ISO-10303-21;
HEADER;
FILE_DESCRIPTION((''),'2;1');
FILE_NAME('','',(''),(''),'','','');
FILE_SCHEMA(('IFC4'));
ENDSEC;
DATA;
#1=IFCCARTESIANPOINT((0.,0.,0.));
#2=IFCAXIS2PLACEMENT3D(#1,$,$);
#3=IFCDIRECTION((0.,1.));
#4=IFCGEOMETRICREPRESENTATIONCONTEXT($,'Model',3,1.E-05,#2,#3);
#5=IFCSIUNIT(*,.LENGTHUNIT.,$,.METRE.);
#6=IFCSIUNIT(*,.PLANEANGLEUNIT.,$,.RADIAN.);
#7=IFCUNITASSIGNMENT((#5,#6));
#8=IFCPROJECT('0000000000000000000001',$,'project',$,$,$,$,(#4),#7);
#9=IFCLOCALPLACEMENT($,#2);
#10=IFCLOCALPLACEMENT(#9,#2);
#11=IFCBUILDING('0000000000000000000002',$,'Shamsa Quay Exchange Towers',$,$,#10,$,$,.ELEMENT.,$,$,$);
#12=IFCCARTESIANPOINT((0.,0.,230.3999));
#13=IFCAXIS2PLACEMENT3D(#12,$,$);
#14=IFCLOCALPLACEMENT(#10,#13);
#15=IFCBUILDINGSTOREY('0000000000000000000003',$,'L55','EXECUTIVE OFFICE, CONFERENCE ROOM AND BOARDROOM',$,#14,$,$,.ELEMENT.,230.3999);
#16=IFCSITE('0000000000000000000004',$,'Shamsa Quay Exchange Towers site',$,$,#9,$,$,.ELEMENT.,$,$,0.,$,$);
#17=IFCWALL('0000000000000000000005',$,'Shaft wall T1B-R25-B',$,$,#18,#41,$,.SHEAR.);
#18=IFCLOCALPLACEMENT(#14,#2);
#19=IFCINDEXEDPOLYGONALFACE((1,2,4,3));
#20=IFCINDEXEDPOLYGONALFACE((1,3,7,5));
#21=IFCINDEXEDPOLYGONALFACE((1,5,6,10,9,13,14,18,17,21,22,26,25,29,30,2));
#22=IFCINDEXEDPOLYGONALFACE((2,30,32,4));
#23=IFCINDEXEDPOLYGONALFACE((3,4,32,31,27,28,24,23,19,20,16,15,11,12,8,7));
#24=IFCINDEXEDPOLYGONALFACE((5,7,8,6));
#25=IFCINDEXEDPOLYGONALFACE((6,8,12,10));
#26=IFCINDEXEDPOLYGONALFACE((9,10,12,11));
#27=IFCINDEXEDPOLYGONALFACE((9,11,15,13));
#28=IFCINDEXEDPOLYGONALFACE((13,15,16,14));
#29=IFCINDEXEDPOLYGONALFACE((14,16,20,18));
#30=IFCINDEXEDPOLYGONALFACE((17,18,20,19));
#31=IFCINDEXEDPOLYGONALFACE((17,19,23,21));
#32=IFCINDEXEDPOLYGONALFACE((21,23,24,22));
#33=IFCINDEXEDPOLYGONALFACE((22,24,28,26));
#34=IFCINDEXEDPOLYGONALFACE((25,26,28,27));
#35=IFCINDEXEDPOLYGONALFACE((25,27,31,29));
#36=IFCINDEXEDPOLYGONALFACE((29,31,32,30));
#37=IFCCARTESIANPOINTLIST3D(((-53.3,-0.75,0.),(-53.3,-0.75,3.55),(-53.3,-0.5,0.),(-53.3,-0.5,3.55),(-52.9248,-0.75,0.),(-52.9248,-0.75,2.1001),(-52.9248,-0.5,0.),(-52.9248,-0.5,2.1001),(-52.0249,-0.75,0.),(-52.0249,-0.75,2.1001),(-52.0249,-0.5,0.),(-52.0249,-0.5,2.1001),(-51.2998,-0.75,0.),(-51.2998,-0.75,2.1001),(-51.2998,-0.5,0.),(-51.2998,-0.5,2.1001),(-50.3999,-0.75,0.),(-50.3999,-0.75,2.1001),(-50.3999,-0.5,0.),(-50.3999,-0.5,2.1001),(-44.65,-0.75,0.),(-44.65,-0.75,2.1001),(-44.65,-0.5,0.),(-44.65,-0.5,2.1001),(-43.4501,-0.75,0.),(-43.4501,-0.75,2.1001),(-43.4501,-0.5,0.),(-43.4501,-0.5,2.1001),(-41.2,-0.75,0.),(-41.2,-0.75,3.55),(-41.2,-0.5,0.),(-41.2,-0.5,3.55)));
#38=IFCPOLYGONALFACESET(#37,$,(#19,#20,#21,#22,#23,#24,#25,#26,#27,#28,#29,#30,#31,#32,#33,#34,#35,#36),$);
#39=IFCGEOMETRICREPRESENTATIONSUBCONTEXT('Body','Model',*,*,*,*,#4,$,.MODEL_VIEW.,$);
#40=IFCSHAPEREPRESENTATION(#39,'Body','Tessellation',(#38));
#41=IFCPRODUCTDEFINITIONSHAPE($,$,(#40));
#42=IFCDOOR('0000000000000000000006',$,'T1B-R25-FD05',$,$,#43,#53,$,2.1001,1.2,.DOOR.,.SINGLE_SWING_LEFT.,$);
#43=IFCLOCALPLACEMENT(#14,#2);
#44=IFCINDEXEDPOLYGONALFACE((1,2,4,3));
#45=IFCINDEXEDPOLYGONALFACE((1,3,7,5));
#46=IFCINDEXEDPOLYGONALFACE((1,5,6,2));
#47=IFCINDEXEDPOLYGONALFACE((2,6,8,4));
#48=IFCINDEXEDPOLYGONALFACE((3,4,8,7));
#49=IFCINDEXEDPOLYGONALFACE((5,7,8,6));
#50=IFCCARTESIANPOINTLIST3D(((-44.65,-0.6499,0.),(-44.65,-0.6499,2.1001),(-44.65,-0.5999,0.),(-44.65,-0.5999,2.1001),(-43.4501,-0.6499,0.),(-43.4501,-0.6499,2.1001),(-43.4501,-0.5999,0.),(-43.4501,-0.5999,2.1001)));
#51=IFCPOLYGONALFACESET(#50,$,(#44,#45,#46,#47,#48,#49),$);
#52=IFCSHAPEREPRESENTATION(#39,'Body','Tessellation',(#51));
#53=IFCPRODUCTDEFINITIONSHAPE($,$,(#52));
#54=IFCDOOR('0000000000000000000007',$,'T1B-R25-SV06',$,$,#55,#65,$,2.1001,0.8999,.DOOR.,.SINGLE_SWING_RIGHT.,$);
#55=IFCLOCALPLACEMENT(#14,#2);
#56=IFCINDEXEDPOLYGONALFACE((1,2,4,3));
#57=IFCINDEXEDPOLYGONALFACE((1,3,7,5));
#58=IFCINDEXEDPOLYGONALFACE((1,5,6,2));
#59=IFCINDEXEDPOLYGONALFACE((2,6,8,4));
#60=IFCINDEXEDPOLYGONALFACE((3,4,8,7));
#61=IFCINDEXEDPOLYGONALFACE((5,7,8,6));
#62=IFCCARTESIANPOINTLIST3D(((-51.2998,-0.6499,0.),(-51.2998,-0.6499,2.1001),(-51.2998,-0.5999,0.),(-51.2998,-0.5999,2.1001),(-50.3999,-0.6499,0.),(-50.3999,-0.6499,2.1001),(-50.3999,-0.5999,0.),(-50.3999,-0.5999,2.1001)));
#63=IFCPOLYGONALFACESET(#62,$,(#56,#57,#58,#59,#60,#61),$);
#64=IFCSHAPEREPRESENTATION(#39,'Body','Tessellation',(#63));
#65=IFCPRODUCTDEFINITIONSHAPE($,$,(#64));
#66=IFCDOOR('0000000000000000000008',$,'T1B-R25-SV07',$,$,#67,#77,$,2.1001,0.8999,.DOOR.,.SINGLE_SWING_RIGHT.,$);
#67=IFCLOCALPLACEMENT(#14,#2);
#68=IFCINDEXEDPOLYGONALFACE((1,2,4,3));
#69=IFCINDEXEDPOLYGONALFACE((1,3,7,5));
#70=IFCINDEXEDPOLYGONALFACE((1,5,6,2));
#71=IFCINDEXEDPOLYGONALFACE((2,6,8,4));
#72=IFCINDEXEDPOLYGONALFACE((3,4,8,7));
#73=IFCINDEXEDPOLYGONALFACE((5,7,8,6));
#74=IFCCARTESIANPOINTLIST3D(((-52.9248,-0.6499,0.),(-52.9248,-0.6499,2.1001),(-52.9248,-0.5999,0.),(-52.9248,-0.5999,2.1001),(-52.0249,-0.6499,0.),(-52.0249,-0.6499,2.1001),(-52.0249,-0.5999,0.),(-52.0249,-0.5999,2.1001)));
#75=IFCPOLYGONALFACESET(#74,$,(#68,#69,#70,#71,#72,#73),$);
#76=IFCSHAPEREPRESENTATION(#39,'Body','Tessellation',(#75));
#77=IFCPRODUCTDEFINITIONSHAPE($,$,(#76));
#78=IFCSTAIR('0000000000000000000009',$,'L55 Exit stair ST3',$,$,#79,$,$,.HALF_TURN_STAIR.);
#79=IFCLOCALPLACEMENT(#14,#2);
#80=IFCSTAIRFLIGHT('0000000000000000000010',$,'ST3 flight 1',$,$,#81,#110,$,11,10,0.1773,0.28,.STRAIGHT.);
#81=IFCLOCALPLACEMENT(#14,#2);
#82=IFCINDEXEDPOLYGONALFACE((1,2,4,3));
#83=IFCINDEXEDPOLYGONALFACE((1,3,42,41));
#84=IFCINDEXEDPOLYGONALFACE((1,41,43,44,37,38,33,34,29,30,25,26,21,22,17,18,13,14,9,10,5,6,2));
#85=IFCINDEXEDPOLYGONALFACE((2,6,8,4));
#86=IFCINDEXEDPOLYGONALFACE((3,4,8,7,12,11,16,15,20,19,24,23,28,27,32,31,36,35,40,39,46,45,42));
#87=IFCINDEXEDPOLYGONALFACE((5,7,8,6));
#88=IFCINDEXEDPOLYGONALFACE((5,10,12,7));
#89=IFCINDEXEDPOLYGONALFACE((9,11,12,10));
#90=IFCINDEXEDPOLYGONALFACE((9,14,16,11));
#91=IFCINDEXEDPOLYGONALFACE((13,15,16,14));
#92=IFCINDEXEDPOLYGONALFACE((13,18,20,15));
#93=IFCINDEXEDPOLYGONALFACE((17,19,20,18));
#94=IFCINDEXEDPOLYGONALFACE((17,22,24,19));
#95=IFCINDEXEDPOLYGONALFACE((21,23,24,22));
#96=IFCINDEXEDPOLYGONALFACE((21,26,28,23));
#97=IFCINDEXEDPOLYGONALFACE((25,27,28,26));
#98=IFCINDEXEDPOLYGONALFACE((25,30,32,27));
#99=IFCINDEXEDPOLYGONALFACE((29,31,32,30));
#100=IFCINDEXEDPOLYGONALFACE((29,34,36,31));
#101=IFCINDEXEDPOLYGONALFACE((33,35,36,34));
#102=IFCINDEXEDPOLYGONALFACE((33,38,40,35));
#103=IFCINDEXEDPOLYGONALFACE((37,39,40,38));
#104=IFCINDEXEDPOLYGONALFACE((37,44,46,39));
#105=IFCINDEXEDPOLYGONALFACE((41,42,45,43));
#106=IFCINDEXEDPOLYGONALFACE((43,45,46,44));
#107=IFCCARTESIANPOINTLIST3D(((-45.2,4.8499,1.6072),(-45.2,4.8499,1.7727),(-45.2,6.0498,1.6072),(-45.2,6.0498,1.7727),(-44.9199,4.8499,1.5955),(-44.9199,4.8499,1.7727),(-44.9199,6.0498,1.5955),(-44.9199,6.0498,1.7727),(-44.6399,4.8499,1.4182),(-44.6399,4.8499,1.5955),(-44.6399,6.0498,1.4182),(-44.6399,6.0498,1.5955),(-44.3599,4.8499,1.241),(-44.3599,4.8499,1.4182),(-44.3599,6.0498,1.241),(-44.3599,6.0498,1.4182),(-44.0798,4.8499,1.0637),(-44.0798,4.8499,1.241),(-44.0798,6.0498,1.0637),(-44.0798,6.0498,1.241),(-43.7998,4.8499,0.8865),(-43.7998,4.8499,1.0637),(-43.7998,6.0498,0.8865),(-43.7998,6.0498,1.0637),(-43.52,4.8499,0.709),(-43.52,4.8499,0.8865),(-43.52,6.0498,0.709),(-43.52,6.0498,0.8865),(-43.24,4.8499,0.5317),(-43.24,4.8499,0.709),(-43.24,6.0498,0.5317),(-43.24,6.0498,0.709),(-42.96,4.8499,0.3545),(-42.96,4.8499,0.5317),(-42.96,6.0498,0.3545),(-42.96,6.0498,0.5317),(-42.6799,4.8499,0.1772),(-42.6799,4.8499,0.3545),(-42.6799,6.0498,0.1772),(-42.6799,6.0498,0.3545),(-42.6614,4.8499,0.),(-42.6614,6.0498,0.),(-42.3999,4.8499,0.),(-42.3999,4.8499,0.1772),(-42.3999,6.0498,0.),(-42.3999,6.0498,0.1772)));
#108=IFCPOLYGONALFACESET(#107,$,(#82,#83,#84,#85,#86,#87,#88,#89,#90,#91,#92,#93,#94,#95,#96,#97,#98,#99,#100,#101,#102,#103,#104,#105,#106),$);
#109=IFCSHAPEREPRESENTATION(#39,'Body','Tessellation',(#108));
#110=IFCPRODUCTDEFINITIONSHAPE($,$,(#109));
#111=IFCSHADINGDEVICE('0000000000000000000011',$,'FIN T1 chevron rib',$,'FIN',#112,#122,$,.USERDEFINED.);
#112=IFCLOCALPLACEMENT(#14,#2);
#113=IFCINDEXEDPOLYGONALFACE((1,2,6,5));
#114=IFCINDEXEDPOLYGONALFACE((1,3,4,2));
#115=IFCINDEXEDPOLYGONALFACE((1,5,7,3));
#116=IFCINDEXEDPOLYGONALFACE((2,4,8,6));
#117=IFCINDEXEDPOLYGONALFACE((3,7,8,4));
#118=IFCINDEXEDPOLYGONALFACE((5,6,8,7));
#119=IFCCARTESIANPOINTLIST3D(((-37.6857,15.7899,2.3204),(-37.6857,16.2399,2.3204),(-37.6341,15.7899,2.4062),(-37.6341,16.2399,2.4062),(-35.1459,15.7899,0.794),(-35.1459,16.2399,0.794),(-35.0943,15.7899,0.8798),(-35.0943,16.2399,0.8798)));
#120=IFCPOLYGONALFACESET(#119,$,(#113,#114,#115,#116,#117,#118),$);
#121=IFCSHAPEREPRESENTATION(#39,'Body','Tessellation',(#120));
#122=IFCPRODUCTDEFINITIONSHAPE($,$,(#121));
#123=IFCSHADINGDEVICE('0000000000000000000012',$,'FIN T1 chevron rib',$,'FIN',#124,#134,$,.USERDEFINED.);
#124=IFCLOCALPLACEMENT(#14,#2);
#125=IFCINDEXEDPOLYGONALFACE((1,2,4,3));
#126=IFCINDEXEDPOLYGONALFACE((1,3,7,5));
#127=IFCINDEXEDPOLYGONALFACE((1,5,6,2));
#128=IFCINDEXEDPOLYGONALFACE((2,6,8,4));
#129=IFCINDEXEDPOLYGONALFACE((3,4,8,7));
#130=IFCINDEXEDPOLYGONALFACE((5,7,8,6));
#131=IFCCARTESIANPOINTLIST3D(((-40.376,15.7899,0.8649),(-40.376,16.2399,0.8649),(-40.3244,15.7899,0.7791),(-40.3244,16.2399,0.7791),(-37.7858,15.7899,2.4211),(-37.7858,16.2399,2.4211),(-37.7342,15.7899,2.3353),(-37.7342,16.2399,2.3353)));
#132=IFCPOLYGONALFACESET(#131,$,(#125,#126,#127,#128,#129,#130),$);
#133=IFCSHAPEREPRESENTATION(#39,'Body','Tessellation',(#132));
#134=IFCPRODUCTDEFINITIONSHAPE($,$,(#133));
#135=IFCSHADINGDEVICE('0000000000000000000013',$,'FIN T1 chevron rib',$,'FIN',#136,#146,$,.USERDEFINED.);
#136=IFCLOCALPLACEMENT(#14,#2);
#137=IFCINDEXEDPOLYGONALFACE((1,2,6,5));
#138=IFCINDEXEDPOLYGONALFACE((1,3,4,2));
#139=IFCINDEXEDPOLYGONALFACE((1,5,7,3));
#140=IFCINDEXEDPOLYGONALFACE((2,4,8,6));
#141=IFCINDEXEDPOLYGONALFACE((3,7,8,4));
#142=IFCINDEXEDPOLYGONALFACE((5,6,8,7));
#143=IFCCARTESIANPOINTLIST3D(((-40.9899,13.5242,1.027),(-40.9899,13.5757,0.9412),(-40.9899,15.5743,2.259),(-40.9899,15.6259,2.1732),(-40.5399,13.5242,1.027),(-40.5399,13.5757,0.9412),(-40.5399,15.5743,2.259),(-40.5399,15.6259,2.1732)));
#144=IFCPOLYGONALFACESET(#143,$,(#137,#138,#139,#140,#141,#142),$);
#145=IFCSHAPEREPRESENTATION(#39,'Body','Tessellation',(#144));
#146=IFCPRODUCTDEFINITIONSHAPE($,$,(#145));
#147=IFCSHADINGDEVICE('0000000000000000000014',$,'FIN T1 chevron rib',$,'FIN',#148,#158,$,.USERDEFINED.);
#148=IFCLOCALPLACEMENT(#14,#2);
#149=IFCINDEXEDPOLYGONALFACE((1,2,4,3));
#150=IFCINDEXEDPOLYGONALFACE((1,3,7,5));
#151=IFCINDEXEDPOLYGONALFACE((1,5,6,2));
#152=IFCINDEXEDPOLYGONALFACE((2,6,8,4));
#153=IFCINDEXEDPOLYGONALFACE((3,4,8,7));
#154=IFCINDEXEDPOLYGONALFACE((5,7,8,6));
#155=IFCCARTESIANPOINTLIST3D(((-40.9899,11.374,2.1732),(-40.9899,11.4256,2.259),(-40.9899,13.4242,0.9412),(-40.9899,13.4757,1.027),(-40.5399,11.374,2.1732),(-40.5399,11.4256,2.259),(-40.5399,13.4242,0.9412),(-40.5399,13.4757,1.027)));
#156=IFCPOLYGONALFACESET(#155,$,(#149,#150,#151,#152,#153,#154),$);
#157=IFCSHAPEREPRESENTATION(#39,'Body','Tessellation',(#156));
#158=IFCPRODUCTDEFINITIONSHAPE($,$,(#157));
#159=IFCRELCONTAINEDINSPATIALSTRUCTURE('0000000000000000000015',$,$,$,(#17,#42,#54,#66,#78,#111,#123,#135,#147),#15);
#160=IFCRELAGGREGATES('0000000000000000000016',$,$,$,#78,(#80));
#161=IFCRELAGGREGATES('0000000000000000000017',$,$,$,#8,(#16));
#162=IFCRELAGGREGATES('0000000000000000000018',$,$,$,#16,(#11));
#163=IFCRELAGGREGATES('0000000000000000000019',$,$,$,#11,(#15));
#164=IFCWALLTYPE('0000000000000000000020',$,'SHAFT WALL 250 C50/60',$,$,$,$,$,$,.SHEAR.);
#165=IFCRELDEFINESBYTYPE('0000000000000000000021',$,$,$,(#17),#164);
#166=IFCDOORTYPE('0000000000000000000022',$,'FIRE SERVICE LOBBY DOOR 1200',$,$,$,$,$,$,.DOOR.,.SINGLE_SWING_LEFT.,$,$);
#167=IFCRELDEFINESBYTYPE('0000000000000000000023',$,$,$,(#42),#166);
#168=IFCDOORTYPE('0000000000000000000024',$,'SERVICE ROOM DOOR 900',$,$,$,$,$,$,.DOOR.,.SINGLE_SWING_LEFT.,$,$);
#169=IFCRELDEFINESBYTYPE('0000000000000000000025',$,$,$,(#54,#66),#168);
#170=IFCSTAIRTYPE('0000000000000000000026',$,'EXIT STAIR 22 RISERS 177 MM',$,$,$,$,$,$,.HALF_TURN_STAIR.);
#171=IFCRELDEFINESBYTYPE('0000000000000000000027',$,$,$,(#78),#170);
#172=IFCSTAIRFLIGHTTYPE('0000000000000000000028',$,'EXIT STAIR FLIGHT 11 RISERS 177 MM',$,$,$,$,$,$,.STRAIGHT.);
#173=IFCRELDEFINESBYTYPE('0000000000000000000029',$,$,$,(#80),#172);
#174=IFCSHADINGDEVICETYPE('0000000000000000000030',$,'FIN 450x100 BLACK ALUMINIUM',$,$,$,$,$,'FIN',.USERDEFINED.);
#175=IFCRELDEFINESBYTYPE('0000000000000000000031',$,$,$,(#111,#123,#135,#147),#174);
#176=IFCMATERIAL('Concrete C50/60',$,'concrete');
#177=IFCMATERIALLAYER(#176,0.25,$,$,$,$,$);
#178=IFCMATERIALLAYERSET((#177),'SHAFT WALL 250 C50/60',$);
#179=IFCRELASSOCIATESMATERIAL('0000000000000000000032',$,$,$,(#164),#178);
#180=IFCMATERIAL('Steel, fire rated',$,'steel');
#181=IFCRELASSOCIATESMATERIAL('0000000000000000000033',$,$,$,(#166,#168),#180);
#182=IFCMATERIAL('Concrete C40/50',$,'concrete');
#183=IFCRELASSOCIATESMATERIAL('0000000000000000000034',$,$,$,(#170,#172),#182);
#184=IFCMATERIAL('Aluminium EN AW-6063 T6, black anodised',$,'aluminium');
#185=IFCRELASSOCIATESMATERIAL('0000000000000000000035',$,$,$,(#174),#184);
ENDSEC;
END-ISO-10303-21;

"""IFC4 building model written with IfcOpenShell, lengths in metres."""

from ifc_helpers import new_model, si_unit, direction, frame, frame_2d, origin, origin_2d, place, context, subcontext, project, spatial, polyline, rectangle, outline, extrude, material, layer, layer_set, material_profile, profile_set, type_object, element, fill, aggregate, save


model = new_model("IFC4")

# Units and contexts
model_context = context("Model", 3, precision=1e-05, world=origin(), true_north=direction((0.0, 1.0)))
body_context = subcontext(model_context, "Body", "Model", "MODEL_VIEW")
ifc_project = project(units=[si_unit("LENGTHUNIT", "METRE"), si_unit("PLANEANGLEUNIT", "RADIAN")], contexts=[model_context])

# Site, building, storey
site_placement = place(None, origin())
site = spatial("IfcSite", under=ifc_project, at=site_placement, Name="Shamsa Quay Exchange Towers site", CompositionType="ELEMENT", RefElevation=0.0)
building_placement = place(site_placement, origin())
building = spatial("IfcBuilding", under=site, at=building_placement, Name="Shamsa Quay Exchange Towers", CompositionType="ELEMENT")
storey_placement = place(building_placement, frame((0.0, 0.0, 230.3999)))
storey = spatial("IfcBuildingStorey", under=building, at=storey_placement, Name="L55", Description="EXECUTIVE OFFICE, CONFERENCE ROOM AND BOARDROOM", CompositionType="ELEMENT", Elevation=230.3999)

# Shared definitions
ifc_material_1 = material(Name="Aluminium EN AW-6063 T6, black anodised", Category="aluminium")

# Wall, openings, doors
ifc_material_2 = material(Name="Concrete C50/60", Category="concrete")
ifc_layer_1 = layer(ifc_material_2, 0.25)
ifc_layer_set_1 = layer_set([ifc_layer_1], Name="SHAFT WALL 250 C50/60")
wall_type_1 = type_object("IfcWallType", Name="SHAFT WALL 250 C50/60", PredefinedType="SHEAR", material=ifc_layer_set_1)
wall_1_placement = place(storey_placement, frame((-41.2, -0.625, 0.0), z_axis=(0.0, 0.0, 1.0), x_axis=(-1.0, 0.0, 0.0)))
wall_1 = element("IfcWall", 1, at=wall_1_placement, inside=storey, type_object=wall_type_1, Name="Shaft wall T1B-R25-B", PredefinedType="SHEAR", context=body_context, shape_type="SweptSolid", body=[
    extrude(rectangle(XDim=12.1001, YDim=0.25, at=frame_2d((6.05, 0.0))), origin(), (0.0, 0.0, 1.0), 3.55),
])
opening_1_placement = place(wall_1_placement, frame((2.25, 0.0, 0.0)))
opening_1 = element("IfcOpeningElement", 2, at=opening_1_placement, cuts=wall_1, PredefinedType="OPENING", context=body_context, shape_type="SweptSolid", body=[
    extrude(rectangle(XDim=1.2, YDim=2.1001, at=frame_2d((0.6001, 1.05))), frame((0.0, 0.135, 0.0), z_axis=(0.0, -1.0, 0.0), x_axis=(1.0, 0.0, 0.0)), (0.0, 0.0, 1.0), 0.27),
])
opening_2_placement = place(wall_1_placement, frame((9.2, 0.0, 0.0)))
opening_2 = element("IfcOpeningElement", 3, at=opening_2_placement, cuts=wall_1, PredefinedType="OPENING", context=body_context, shape_type="SweptSolid", body=[
    extrude(rectangle(XDim=0.8999, YDim=2.1001, at=frame_2d((0.45, 1.05))), frame((0.0, 0.135, 0.0), z_axis=(0.0, -1.0, 0.0), x_axis=(1.0, 0.0, 0.0)), (0.0, 0.0, 1.0), 0.27),
])
opening_3_placement = place(wall_1_placement, frame((10.825, 0.0, 0.0)))
opening_3 = element("IfcOpeningElement", 4, at=opening_3_placement, cuts=wall_1, PredefinedType="OPENING", context=body_context, shape_type="SweptSolid", body=[
    extrude(rectangle(XDim=0.8999, YDim=2.1001, at=frame_2d((0.45, 1.05))), frame((0.0, 0.135, 0.0), z_axis=(0.0, -1.0, 0.0), x_axis=(1.0, 0.0, 0.0)), (0.0, 0.0, 1.0), 0.27),
])
ifc_material_3 = material(Name="Steel, fire rated", Category="steel")
door_type_1 = type_object("IfcDoorType", Name="FIRE SERVICE LOBBY DOOR 1200", OperationType="SINGLE_SWING_LEFT", PredefinedType="DOOR", material=ifc_material_3)
door_1_placement = place(opening_1_placement, origin())
door_1 = element("IfcDoor", 5, at=door_1_placement, inside=storey, type_object=door_type_1, Name="T1B-R25-FD05", OperationType="SINGLE_SWING_LEFT", OverallHeight=2.1001, OverallWidth=1.2, PredefinedType="DOOR", context=body_context, shape_type="SweptSolid", body=[
    extrude(rectangle(XDim=1.2, YDim=2.1001, at=frame_2d((0.6001, 1.05))), frame((0.0, 0.0249, 0.0), z_axis=(0.0, -1.0, 0.0), x_axis=(1.0, 0.0, 0.0)), (0.0, 0.0, 1.0), 0.05),
])
fill(opening_1, door_1)
door_type_2 = type_object("IfcDoorType", Name="SERVICE ROOM DOOR 900", OperationType="SINGLE_SWING_LEFT", PredefinedType="DOOR", material=ifc_material_3)
door_2_placement = place(opening_2_placement, origin())
door_2 = element("IfcDoor", 6, at=door_2_placement, inside=storey, type_object=door_type_2, Name="T1B-R25-SV06", OperationType="SINGLE_SWING_RIGHT", OverallHeight=2.1001, OverallWidth=0.8999, PredefinedType="DOOR", context=body_context, shape_type="SweptSolid", body=[
    extrude(rectangle(XDim=0.8999, YDim=2.1001, at=frame_2d((0.45, 1.05))), frame((0.0, 0.0249, 0.0), z_axis=(0.0, -1.0, 0.0), x_axis=(1.0, 0.0, 0.0)), (0.0, 0.0, 1.0), 0.05),
])
fill(opening_2, door_2)
door_3_placement = place(opening_3_placement, origin())
door_3 = element("IfcDoor", 7, at=door_3_placement, inside=storey, type_object=door_type_2, Name="T1B-R25-SV07", OperationType="SINGLE_SWING_RIGHT", OverallHeight=2.1001, OverallWidth=0.8999, PredefinedType="DOOR", context=body_context, shape_type="SweptSolid", body=[
    extrude(rectangle(XDim=0.8999, YDim=2.1001, at=frame_2d((0.45, 1.05))), frame((0.0, 0.0249, 0.0), z_axis=(0.0, -1.0, 0.0), x_axis=(1.0, 0.0, 0.0)), (0.0, 0.0, 1.0), 0.05),
])
fill(opening_3, door_3)

# Stair, stair flight
ifc_material_4 = material(Name="Concrete C40/50", Category="concrete")
stair_type = type_object("IfcStairType", Name="EXIT STAIR 22 RISERS 177 MM", PredefinedType="HALF_TURN_STAIR", material=ifc_material_4)
stair_placement = place(storey_placement, origin())
stair = element("IfcStair", 8, at=stair_placement, inside=storey, type_object=stair_type, Name="L55 Exit stair ST3", PredefinedType="HALF_TURN_STAIR")
stair_flight_type = type_object("IfcStairFlightType", Name="EXIT STAIR FLIGHT 11 RISERS 177 MM", PredefinedType="STRAIGHT", material=ifc_material_4)
stair_flight_placement = place(storey_placement, frame((-42.3999, 5.45, 0.0), z_axis=(0.0, 0.0, 1.0), x_axis=(-1.0, 0.0, 0.0)))
stair_flight = element("IfcStairFlight", 9, at=stair_flight_placement, type_object=stair_flight_type, Name="ST3 flight 1", NumberOfRisers=11, NumberOfTreads=10, PredefinedType="STRAIGHT", RiserHeight=0.1773, TreadLength=0.28, context=body_context, shape_type="SweptSolid", body=[
    extrude(outline(polyline([(0.0, 0.0), (0.0, 0.1772), (0.28, 0.1772), (0.28, 0.3545), (0.5601, 0.3545), (0.5601, 0.5317), (0.8401, 0.5317), (0.8401, 0.709), (1.1201, 0.709), (1.1201, 0.8865), (1.3999, 0.8865), (1.3999, 1.0637), (1.6799, 1.0637), (1.6799, 1.241), (1.96, 1.241), (1.96, 1.4182), (2.24, 1.4182), (2.24, 1.5955), (2.52, 1.5955), (2.52, 1.7727), (2.8, 1.7727), (2.8, 1.95), (2.8, 1.6072), (0.2615, 0.0), (0.0, 0.0)])), frame((0.0, 0.6001, 0.0), z_axis=(0.0, -1.0, 0.0), x_axis=(1.0, 0.0, 0.0)), (0.0, 0.0, 1.0), 1.2),
])
aggregate(stair, [stair_flight])

# Shading devices
ifc_material_profile_1 = material_profile(ifc_material_1, rectangle(XDim=0.45, YDim=0.1001, at=origin_2d()), Name="FIN450x100")
ifc_profile_set_1 = profile_set([ifc_material_profile_1], Name="Aluminium EN AW-6063 T6, black anodised")
shading_device_type = type_object("IfcShadingDeviceType", Name="FIN 450x100 BLACK ALUMINIUM", ElementType="FIN", PredefinedType="USERDEFINED", material=ifc_profile_set_1)
shading_device_1_placement = place(storey_placement, frame((-35.1201, 16.0149, 0.8369), z_axis=(-0.857122, 0.0, 0.515114), x_axis=(0.0, -1.0, 0.0)))
element("IfcShadingDevice", 10, at=shading_device_1_placement, inside=storey, type_object=shading_device_type, Name="FIN T1 chevron rib", ObjectType="FIN", PredefinedType="USERDEFINED", context=body_context, shape_type="SweptSolid", body=[
    extrude(rectangle(XDim=0.45, YDim=0.1001, at=origin_2d()), origin(), (0.0, 0.0, 1.0), 2.9631),
])
shading_device_2_placement = place(storey_placement, frame((-37.76, 16.0149, 2.3782), z_axis=(-0.857186, 0.0, -0.515007), x_axis=(0.0, -1.0, 0.0)))
element("IfcShadingDevice", 11, at=shading_device_2_placement, inside=storey, type_object=shading_device_type, Name="FIN T1 chevron rib", ObjectType="FIN", PredefinedType="USERDEFINED", context=body_context, shape_type="SweptSolid", body=[
    extrude(rectangle(XDim=0.45, YDim=0.1001, at=origin_2d()), origin(), (0.0, 0.0, 1.0), 3.0217),
])
for number, where, z_axis, x_axis, name in (
    (12, (-40.7649, 15.6001, 2.2161), (0.0, -0.857141, -0.515081), (1.0, 0.0, 0.0), "FIN T1 chevron rib"),
    (13, (-40.7649, 13.45, 0.9841), (0.0, -0.857141, 0.515081), (1.0, 0.0, 0.0), "FIN T1 chevron rib"),
):
    element("IfcShadingDevice", number, at=place(storey_placement, frame(where, z_axis=z_axis, x_axis=x_axis)), inside=storey, type_object=shading_device_type, Name=name, ObjectType="FIN", PredefinedType="USERDEFINED", context=body_context, shape_type="SweptSolid", body=[
        extrude(rectangle(XDim=0.45, YDim=0.1001, at=origin_2d()), origin(), (0.0, 0.0, 1.0), 2.3918),
    ])

save(model, "model.ifc")
